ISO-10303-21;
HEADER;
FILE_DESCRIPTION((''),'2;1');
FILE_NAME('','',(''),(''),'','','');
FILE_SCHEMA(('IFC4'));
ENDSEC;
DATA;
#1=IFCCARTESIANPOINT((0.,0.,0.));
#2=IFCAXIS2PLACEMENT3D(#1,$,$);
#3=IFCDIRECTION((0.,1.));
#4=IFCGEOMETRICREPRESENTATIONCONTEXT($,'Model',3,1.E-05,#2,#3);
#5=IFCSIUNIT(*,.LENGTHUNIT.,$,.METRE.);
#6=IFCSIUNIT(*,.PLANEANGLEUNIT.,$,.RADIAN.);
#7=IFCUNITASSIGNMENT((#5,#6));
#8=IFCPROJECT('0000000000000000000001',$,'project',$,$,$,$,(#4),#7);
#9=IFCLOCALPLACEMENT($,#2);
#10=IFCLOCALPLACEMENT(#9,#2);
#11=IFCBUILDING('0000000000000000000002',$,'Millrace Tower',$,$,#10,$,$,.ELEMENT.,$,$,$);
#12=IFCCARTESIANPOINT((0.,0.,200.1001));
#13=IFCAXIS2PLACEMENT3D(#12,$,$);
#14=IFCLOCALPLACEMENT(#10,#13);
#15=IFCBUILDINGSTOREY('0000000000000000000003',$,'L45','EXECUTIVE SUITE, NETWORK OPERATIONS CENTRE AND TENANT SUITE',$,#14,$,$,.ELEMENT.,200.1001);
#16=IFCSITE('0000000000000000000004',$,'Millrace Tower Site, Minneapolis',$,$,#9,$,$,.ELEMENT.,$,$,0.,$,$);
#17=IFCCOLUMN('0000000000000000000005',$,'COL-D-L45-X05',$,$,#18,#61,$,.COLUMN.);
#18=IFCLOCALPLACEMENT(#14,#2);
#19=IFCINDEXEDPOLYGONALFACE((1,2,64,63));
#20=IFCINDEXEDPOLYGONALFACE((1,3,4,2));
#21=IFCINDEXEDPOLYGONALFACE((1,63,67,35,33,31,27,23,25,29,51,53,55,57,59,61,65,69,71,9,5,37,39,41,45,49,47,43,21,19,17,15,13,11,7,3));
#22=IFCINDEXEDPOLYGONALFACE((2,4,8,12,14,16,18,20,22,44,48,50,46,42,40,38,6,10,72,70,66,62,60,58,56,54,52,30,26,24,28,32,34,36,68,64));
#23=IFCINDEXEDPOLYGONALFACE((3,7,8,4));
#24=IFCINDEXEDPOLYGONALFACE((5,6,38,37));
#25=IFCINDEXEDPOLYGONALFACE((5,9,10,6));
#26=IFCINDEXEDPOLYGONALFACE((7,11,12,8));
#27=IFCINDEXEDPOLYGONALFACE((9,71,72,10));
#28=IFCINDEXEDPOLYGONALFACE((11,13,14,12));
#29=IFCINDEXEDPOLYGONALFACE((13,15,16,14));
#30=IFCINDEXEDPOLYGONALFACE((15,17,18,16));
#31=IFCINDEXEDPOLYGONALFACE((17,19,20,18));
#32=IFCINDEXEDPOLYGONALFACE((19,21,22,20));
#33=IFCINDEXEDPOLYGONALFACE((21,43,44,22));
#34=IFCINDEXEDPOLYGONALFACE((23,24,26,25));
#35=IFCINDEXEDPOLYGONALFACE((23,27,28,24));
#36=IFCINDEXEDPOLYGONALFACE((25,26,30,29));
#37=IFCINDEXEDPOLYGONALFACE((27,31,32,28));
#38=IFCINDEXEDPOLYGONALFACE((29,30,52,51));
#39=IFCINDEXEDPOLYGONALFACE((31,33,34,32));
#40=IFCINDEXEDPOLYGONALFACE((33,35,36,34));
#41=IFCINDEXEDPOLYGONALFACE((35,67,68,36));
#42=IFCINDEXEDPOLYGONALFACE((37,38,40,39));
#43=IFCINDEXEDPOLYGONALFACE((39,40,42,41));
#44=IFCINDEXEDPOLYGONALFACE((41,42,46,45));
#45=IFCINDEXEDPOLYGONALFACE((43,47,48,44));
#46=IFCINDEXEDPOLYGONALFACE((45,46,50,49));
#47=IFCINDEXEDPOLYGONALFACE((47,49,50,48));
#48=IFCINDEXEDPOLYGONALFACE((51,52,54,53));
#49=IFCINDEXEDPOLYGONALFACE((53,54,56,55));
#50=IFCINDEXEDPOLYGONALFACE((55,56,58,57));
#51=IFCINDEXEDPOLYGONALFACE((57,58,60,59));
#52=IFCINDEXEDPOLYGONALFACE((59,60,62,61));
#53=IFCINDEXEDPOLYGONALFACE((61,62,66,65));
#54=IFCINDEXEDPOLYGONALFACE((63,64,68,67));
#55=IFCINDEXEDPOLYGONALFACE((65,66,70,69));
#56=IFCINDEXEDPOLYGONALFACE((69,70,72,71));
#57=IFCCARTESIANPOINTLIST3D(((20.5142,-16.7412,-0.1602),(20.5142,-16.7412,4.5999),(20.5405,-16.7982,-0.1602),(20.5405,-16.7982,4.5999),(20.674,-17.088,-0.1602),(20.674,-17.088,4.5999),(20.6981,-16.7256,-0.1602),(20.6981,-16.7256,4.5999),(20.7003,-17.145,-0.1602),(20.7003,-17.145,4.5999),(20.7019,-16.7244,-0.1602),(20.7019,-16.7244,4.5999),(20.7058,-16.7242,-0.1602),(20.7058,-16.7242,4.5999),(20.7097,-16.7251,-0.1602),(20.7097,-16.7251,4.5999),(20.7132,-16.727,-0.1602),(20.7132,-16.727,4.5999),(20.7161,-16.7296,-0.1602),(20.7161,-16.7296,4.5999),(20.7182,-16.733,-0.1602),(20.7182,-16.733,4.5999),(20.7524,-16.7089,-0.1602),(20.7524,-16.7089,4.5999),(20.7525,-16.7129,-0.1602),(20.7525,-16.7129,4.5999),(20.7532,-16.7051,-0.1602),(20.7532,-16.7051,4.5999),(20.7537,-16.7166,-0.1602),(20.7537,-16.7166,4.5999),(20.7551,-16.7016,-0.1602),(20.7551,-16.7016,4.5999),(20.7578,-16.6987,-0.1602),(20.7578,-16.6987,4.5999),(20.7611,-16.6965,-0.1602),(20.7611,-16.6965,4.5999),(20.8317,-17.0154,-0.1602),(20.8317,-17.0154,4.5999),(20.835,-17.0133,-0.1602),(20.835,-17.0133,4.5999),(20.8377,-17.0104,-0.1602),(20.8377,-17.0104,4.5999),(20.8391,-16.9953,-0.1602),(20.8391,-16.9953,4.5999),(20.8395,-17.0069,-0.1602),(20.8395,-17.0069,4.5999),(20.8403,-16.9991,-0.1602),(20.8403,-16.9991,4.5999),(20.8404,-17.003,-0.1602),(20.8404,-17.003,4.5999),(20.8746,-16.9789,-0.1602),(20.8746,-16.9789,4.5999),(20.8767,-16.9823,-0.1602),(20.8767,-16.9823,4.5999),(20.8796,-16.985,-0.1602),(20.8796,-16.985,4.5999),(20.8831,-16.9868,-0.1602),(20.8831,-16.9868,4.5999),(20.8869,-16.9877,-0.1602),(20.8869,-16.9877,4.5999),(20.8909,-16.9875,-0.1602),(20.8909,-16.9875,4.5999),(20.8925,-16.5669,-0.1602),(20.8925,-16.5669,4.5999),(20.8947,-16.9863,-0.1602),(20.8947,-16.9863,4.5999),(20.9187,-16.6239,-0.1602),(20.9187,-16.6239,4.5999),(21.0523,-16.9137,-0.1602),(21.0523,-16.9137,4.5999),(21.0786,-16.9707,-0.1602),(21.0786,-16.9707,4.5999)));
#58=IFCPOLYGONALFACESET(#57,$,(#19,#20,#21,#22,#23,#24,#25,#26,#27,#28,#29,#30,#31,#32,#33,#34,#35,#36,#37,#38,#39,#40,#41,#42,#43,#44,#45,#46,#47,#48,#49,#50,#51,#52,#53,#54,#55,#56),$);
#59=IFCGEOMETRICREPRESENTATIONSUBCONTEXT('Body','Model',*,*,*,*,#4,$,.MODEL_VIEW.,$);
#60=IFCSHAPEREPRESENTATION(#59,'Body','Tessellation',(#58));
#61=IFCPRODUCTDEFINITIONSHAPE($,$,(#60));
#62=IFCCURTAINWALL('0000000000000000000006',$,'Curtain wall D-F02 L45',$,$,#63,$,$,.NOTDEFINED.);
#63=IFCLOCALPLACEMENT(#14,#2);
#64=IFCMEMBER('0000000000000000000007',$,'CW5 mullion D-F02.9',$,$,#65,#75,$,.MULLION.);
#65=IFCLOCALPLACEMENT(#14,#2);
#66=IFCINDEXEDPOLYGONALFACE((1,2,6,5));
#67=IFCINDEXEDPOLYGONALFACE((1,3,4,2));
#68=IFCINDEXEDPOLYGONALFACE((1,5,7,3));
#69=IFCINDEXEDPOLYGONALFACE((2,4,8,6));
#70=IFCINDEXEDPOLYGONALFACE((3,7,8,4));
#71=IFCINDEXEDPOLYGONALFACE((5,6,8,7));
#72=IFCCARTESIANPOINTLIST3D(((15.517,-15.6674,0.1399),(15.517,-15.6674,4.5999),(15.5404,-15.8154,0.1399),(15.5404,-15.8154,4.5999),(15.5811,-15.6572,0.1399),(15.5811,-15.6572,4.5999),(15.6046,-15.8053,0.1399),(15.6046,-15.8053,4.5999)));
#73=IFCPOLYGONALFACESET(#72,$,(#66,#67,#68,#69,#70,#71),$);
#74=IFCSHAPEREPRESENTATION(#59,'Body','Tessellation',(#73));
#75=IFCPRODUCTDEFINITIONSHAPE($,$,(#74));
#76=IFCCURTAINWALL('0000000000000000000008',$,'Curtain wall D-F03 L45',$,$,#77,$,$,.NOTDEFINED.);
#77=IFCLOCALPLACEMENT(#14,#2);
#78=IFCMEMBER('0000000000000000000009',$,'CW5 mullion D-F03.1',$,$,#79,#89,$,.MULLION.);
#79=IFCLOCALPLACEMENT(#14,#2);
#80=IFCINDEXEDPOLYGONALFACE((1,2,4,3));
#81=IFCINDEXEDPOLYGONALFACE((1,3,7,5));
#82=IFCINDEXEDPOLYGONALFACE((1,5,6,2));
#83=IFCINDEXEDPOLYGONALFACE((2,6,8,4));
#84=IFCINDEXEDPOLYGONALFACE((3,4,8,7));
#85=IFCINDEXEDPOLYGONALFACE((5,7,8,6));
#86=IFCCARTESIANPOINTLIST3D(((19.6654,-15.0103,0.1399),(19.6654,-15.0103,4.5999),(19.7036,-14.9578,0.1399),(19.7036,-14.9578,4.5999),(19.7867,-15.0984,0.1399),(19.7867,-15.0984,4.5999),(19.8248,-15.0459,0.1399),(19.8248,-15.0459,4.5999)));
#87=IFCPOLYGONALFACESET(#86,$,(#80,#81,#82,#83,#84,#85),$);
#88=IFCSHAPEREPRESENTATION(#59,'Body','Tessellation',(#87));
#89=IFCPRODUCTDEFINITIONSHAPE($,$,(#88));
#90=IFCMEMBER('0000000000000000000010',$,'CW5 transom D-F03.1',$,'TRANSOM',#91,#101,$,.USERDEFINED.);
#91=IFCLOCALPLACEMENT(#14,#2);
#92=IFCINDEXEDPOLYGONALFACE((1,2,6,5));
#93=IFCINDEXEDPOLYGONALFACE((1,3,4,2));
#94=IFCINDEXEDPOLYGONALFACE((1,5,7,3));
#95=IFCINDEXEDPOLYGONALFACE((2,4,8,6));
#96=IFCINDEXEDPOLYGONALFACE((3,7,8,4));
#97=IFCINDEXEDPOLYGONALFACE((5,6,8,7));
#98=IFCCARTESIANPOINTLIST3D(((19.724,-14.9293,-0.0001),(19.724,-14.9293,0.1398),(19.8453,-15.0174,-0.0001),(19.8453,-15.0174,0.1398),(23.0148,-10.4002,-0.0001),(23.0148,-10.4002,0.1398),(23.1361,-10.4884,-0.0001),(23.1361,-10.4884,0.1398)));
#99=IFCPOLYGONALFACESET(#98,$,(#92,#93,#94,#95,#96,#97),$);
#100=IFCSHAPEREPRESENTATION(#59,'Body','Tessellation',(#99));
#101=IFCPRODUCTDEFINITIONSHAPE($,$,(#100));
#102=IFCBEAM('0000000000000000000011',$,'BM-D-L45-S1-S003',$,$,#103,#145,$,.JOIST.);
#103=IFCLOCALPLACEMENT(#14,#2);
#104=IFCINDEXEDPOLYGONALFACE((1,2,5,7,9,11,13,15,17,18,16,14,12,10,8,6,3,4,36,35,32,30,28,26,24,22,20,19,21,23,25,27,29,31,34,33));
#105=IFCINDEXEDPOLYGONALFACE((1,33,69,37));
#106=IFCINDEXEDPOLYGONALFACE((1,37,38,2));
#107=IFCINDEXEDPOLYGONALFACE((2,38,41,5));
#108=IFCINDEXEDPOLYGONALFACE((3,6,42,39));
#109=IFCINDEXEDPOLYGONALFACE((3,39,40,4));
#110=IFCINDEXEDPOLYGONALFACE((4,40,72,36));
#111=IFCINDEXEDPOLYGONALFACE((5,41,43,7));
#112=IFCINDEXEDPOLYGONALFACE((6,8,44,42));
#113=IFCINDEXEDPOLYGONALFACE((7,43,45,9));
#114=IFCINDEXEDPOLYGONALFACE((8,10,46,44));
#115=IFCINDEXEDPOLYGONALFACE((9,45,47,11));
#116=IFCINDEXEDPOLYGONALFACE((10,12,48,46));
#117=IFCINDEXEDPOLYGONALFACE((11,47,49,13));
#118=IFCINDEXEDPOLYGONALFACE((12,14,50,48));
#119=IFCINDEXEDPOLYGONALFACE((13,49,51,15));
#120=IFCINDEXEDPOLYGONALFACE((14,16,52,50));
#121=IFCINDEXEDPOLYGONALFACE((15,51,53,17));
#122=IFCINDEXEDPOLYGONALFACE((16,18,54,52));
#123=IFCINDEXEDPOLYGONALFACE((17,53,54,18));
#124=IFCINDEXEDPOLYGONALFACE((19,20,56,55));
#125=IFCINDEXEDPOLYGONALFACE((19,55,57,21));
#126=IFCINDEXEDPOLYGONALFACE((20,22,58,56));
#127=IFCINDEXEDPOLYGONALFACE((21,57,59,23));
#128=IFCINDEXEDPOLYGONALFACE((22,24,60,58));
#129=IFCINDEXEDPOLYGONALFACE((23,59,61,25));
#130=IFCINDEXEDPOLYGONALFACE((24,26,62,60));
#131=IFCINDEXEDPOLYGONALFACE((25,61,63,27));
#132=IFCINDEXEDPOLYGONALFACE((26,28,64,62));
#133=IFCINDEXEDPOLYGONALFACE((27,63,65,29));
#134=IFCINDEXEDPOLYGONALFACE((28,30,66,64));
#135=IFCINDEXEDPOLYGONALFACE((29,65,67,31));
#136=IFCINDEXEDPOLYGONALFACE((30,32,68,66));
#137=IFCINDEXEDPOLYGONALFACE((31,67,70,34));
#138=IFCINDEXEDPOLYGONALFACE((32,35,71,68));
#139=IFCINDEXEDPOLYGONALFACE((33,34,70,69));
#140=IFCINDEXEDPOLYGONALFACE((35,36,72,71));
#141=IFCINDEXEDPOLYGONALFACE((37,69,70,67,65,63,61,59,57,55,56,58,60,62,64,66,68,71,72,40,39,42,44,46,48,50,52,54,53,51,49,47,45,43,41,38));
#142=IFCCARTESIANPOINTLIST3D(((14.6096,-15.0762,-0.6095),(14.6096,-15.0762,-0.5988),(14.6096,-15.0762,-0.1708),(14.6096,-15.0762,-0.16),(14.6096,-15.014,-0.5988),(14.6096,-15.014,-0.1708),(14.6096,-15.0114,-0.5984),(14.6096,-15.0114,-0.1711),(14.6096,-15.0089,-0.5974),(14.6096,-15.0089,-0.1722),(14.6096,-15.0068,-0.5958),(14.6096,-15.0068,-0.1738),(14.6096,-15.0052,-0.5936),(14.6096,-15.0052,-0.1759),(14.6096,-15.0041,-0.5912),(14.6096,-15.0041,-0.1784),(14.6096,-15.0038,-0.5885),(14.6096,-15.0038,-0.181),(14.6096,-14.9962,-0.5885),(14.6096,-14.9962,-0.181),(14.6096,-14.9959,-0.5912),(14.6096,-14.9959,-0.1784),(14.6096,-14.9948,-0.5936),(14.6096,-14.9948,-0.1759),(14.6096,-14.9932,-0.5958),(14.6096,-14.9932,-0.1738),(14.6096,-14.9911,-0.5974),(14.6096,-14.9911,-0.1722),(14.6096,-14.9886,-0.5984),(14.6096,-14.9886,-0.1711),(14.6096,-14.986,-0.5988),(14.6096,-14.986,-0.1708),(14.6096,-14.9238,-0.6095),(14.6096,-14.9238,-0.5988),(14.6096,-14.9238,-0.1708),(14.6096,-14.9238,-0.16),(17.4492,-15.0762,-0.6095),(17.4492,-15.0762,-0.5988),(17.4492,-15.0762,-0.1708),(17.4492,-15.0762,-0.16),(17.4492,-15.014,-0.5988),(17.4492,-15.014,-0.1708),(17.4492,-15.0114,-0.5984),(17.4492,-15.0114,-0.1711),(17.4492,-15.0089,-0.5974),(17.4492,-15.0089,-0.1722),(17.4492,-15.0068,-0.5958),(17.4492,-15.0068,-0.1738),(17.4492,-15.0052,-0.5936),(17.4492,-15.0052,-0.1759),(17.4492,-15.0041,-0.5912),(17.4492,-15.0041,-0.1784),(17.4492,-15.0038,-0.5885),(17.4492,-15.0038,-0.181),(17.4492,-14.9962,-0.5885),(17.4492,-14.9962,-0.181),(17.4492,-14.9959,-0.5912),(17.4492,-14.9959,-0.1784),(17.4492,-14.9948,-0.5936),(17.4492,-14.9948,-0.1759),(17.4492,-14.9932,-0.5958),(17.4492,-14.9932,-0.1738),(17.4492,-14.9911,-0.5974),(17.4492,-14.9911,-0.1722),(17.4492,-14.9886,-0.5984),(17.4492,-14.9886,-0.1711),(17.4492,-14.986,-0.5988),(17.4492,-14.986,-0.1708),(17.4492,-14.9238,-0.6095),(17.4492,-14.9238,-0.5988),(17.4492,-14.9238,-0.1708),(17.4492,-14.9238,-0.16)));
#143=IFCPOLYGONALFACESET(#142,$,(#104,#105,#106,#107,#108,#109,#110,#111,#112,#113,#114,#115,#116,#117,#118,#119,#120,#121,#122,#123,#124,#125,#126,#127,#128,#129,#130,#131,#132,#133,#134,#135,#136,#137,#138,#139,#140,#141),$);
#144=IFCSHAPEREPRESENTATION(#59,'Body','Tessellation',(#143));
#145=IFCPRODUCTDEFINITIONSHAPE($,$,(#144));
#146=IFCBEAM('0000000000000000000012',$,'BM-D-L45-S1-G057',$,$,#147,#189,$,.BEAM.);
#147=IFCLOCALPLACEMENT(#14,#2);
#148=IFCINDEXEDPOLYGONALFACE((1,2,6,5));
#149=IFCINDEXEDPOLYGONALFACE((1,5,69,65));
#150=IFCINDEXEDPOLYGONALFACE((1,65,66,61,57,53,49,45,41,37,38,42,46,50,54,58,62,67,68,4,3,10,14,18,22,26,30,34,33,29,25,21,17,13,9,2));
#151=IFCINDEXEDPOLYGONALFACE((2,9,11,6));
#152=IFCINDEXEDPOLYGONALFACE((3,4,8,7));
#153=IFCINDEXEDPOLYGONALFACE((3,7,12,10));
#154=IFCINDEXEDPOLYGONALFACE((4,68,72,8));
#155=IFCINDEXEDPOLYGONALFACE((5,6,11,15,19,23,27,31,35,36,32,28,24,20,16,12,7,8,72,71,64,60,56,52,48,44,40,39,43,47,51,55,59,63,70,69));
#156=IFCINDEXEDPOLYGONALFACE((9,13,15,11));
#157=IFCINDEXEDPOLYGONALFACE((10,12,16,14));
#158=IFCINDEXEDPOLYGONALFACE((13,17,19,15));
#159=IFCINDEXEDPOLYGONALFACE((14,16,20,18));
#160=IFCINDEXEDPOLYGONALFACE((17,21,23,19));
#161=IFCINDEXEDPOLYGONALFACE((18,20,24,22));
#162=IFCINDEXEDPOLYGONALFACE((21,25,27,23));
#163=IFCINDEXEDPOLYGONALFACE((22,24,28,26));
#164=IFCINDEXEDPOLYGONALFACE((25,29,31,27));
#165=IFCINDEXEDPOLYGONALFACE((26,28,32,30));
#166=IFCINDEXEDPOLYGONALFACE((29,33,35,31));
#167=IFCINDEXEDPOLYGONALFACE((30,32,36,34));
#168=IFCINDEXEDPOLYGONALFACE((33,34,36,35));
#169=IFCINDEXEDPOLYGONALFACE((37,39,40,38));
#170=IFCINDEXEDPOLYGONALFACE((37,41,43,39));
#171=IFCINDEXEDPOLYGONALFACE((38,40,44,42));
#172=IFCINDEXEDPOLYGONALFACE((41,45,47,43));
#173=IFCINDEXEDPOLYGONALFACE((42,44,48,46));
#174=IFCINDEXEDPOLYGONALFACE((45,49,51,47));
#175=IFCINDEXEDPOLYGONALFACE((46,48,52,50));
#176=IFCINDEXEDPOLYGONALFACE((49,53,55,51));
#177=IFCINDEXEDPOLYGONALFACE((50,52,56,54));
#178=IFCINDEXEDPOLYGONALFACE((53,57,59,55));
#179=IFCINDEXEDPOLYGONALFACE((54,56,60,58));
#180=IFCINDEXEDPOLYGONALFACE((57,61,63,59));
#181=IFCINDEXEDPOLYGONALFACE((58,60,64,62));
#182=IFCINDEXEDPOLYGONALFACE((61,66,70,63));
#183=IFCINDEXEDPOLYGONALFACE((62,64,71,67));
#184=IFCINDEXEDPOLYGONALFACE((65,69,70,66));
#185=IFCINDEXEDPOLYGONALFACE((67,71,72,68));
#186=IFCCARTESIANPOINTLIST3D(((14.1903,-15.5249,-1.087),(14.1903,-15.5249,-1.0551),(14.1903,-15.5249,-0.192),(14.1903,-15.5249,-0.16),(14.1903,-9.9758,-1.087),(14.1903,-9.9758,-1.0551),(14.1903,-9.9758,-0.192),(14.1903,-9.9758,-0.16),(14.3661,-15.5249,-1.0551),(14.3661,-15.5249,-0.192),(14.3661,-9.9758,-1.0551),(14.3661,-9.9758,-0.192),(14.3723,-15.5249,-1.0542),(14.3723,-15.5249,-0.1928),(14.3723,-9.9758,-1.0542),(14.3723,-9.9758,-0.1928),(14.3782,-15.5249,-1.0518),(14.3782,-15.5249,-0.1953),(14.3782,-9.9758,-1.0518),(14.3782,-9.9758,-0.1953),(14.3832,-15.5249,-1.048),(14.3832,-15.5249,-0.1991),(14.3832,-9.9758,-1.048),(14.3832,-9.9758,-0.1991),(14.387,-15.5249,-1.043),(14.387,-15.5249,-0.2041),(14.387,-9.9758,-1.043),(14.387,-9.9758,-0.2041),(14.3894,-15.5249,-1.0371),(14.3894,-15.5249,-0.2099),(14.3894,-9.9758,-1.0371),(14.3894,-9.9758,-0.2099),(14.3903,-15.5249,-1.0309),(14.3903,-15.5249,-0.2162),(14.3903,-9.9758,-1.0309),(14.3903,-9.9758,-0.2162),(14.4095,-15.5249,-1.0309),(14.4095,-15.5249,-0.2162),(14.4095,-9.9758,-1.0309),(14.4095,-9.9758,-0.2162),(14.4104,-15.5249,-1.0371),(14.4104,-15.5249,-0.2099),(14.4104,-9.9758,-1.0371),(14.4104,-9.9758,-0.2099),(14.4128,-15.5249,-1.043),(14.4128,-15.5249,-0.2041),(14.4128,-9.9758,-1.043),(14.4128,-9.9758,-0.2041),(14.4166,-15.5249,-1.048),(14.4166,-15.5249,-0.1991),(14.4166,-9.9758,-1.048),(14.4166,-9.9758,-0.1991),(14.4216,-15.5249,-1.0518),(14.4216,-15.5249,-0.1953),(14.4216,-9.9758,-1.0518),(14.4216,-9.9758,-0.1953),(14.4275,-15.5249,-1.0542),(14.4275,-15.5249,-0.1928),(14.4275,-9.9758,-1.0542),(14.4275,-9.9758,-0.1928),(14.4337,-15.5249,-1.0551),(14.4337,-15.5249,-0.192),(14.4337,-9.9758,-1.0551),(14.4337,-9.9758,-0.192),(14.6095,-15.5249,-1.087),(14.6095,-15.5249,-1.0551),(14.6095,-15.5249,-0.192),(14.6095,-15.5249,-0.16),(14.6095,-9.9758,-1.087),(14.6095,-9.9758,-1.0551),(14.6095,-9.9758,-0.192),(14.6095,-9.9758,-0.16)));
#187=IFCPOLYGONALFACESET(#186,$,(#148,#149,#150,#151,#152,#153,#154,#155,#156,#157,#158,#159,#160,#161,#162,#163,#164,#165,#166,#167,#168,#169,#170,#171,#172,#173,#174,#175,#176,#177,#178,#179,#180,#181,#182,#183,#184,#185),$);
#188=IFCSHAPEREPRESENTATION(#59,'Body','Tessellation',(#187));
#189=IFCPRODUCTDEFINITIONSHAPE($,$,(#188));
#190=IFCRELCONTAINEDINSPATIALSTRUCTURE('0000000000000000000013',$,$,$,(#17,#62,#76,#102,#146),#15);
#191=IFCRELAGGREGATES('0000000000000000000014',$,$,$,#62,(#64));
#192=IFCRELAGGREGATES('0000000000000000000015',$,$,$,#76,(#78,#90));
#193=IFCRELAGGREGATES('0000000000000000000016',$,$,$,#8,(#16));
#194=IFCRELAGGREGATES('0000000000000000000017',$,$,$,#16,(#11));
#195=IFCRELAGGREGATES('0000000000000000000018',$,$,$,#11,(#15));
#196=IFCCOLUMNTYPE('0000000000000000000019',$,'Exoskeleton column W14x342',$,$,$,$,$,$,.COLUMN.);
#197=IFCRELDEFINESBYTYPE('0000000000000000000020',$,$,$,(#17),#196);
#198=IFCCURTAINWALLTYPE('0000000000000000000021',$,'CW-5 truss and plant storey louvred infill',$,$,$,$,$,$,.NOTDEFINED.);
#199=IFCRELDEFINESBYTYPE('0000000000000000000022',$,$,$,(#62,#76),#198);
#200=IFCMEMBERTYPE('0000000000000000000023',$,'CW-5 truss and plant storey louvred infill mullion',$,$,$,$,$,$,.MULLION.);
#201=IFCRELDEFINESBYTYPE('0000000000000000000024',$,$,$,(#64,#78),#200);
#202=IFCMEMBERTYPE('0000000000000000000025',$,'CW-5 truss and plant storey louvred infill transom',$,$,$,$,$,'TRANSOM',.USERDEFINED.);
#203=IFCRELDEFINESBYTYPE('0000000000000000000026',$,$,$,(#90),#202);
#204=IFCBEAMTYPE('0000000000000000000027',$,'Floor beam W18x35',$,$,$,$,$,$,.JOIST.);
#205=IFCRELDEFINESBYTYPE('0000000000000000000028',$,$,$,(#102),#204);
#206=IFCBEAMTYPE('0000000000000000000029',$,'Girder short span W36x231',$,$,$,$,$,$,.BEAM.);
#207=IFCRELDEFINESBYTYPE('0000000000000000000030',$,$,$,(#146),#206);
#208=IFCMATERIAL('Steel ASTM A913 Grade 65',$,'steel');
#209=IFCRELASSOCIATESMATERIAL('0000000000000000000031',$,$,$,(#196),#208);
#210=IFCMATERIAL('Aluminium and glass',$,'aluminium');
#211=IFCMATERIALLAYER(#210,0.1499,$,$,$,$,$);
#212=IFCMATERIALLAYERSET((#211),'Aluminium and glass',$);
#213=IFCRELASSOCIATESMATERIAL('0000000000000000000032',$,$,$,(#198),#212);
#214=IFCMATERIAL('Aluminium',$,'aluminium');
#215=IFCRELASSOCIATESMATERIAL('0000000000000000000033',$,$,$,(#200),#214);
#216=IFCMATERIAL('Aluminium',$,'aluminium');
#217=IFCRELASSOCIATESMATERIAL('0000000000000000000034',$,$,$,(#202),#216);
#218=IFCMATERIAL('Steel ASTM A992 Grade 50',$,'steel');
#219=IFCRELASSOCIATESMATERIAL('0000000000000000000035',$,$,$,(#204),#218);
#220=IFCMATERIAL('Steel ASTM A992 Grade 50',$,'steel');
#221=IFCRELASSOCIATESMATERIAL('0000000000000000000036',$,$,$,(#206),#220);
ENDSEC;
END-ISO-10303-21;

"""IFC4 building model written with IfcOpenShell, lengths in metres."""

from ifc_helpers import new_model, si_unit, direction, frame, origin, origin_2d, place, context, subcontext, project, spatial, rectangle, i_section, extrude, material, layer, layer_set, material_profile, profile_set, type_object, element, aggregate, save


model = new_model("IFC4")

# Units and contexts
model_context = context("Model", 3, precision=1e-05, world=origin(), true_north=direction((0.0, 1.0)))
body_context = subcontext(model_context, "Body", "Model", "MODEL_VIEW")
ifc_project = project(units=[si_unit("LENGTHUNIT", "METRE"), si_unit("PLANEANGLEUNIT", "RADIAN")], contexts=[model_context])

# Site, building, storey
site_placement = place(None, origin())
site = spatial("IfcSite", under=ifc_project, at=site_placement, Name="Millrace Tower Site, Minneapolis", CompositionType="ELEMENT", RefElevation=0.0)
building_placement = place(site_placement, origin())
building = spatial("IfcBuilding", under=site, at=building_placement, Name="Millrace Tower", CompositionType="ELEMENT")
storey_placement = place(building_placement, frame((0.0, 0.0, 200.1001)))
storey = spatial("IfcBuildingStorey", under=building, at=storey_placement, Name="L45", Description="EXECUTIVE SUITE, NETWORK OPERATIONS CENTRE AND TENANT SUITE", CompositionType="ELEMENT", Elevation=200.1001)

# Column
ifc_material_1 = material(Name="Steel ASTM A913 Grade 65", Category="steel")
ifc_material_profile_1 = material_profile(ifc_material_1, i_section(OverallWidth=0.4165, OverallDepth=0.4446, WebThickness=0.0391, FlangeThickness=0.0627, FilletRadius=0.0151, at=origin_2d()))
ifc_profile_set_1 = profile_set([ifc_material_profile_1], Name="Steel ASTM A913 Grade 65")
column_type = type_object("IfcColumnType", Name="Exoskeleton column W14x342", PredefinedType="COLUMN", material=ifc_profile_set_1)
column_placement = place(storey_placement, frame((20.7964, -16.856, -0.1602), z_axis=(0.0, 0.0, 1.0), x_axis=(0.908192, 0.418553, 0.0)))
element("IfcColumn", 1, at=column_placement, inside=storey, type_object=column_type, Name="COL-D-L45-X05", PredefinedType="COLUMN", context=body_context, shape_type="SweptSolid", body=[
    extrude(i_section(OverallWidth=0.4165, OverallDepth=0.4446, WebThickness=0.0391, FlangeThickness=0.0627, FilletRadius=0.0151, at=origin_2d()), origin(), (0.0, 0.0, 1.0), 4.76),
])

# Curtain wall, member
ifc_material_2 = material(Name="Aluminium and glass", Category="aluminium")
ifc_layer_1 = layer(ifc_material_2, 0.1499)
ifc_layer_set_1 = layer_set([ifc_layer_1], Name="Aluminium and glass")
curtain_wall_type = type_object("IfcCurtainWallType", Name="CW-5 truss and plant storey louvred infill", PredefinedType="NOTDEFINED", material=ifc_layer_set_1)
placement = place(storey_placement, origin())
curtain_wall_1 = element("IfcCurtainWall", 2, at=placement, inside=storey, type_object=curtain_wall_type, Name="Curtain wall D-F02 L45", PredefinedType="NOTDEFINED")
ifc_material_3 = material(Name="Aluminium", Category="aluminium")
ifc_material_profile_2 = material_profile(ifc_material_3, rectangle(XDim=0.0649, YDim=0.1499, at=origin_2d()))
ifc_profile_set_2 = profile_set([ifc_material_profile_2], Name="Aluminium")
member_type_1 = type_object("IfcMemberType", Name="CW-5 truss and plant storey louvred infill mullion", PredefinedType="MULLION", material=ifc_profile_set_2)
member_1_placement = place(storey_placement, frame((15.5608, -15.7363, 0.1399), z_axis=(0.0, 0.0, 1.0), x_axis=(0.987688, 0.156434, 0.0)))
member_1 = element("IfcMember", 3, at=member_1_placement, type_object=member_type_1, Name="CW5 mullion D-F02.9", PredefinedType="MULLION", context=body_context, shape_type="SweptSolid", body=[
    extrude(rectangle(XDim=0.0649, YDim=0.1499, at=origin_2d()), origin(), (0.0, 0.0, 1.0), 4.46),
])
aggregate(curtain_wall_1, [member_1])

# Curtain wall, members
curtain_wall_2 = element("IfcCurtainWall", 4, at=placement, inside=storey, type_object=curtain_wall_type, Name="Curtain wall D-F03 L45", PredefinedType="NOTDEFINED")
member_2_placement = place(storey_placement, frame((19.7451, -15.0281, 0.1399), z_axis=(0.0, 0.0, 1.0), x_axis=(0.587785, 0.809017, 0.0)))
member_2 = element("IfcMember", 5, at=member_2_placement, type_object=member_type_1, Name="CW5 mullion D-F03.1", PredefinedType="MULLION", context=body_context, shape_type="SweptSolid", body=[
    extrude(rectangle(XDim=0.0649, YDim=0.1499, at=origin_2d()), origin(), (0.0, 0.0, 1.0), 4.46),
])
ifc_material_4 = material(Name="Aluminium", Category="aluminium")
ifc_material_profile_3 = material_profile(ifc_material_4, rectangle(XDim=0.1499, YDim=0.1399, at=origin_2d()))
ifc_profile_set_3 = profile_set([ifc_material_profile_3], Name="Aluminium")
member_type_2 = type_object("IfcMemberType", Name="CW-5 truss and plant storey louvred infill transom", ElementType="TRANSOM", PredefinedType="USERDEFINED", material=ifc_profile_set_3)
member_3_placement = place(storey_placement, frame((19.7847, -14.9734, 0.0698), z_axis=(0.587811, 0.808998, 0.0), x_axis=(-0.808998, 0.587811, 0.0)))
member_3 = element("IfcMember", 6, at=member_3_placement, type_object=member_type_2, Name="CW5 transom D-F03.1", ObjectType="TRANSOM", PredefinedType="USERDEFINED", context=body_context, shape_type="SweptSolid", body=[
    extrude(rectangle(XDim=0.1499, YDim=0.1399, at=origin_2d()), origin(), (0.0, 0.0, 1.0), 5.5984),
])
aggregate(curtain_wall_2, [member_2, member_3])

# Beams
ifc_material_5 = material(Name="Steel ASTM A992 Grade 50", Category="steel")
ifc_material_profile_4 = material_profile(ifc_material_5, i_section(OverallWidth=0.1523, OverallDepth=0.4495, WebThickness=0.0076, FlangeThickness=0.0107, FilletRadius=0.0103, at=origin_2d()))
ifc_profile_set_4 = profile_set([ifc_material_profile_4], Name="Steel ASTM A992 Grade 50")
beam_type_1 = type_object("IfcBeamType", Name="Floor beam W18x35", PredefinedType="JOIST", material=ifc_profile_set_4)
beam_1_placement = place(storey_placement, frame((14.6096, -15.0, -0.3848), z_axis=(1.0, 0.0, 0.0), x_axis=(0.0, 1.0, 0.0)))
element("IfcBeam", 7, at=beam_1_placement, inside=storey, type_object=beam_type_1, Name="BM-D-L45-S1-S003", PredefinedType="JOIST", context=body_context, shape_type="SweptSolid", body=[
    extrude(i_section(OverallWidth=0.1523, OverallDepth=0.4495, WebThickness=0.0076, FlangeThickness=0.0107, FilletRadius=0.0103, at=origin_2d()), origin(), (0.0, 0.0, 1.0), 2.8396),
])
ifc_material_6 = material(Name="Steel ASTM A992 Grade 50", Category="steel")
ifc_material_profile_5 = material_profile(ifc_material_6, i_section(OverallWidth=0.4192, OverallDepth=0.927, WebThickness=0.0193, FlangeThickness=0.032, FilletRadius=0.0242, at=origin_2d()))
ifc_profile_set_5 = profile_set([ifc_material_profile_5], Name="Steel ASTM A992 Grade 50")
beam_type_2 = type_object("IfcBeamType", Name="Girder short span W36x231", PredefinedType="BEAM", material=ifc_profile_set_5)
beam_2_placement = place(storey_placement, frame((14.3999, -15.5249, -0.6235), z_axis=(0.0, 1.0, 0.0), x_axis=(-1.0, 0.0, 0.0)))
element("IfcBeam", 8, at=beam_2_placement, inside=storey, type_object=beam_type_2, Name="BM-D-L45-S1-G057", PredefinedType="BEAM", context=body_context, shape_type="SweptSolid", body=[
    extrude(i_section(OverallWidth=0.4192, OverallDepth=0.927, WebThickness=0.0193, FlangeThickness=0.032, FilletRadius=0.0242, at=origin_2d()), origin(), (0.0, 0.0, 1.0), 5.5491),
])

save(model, "model.ifc")
